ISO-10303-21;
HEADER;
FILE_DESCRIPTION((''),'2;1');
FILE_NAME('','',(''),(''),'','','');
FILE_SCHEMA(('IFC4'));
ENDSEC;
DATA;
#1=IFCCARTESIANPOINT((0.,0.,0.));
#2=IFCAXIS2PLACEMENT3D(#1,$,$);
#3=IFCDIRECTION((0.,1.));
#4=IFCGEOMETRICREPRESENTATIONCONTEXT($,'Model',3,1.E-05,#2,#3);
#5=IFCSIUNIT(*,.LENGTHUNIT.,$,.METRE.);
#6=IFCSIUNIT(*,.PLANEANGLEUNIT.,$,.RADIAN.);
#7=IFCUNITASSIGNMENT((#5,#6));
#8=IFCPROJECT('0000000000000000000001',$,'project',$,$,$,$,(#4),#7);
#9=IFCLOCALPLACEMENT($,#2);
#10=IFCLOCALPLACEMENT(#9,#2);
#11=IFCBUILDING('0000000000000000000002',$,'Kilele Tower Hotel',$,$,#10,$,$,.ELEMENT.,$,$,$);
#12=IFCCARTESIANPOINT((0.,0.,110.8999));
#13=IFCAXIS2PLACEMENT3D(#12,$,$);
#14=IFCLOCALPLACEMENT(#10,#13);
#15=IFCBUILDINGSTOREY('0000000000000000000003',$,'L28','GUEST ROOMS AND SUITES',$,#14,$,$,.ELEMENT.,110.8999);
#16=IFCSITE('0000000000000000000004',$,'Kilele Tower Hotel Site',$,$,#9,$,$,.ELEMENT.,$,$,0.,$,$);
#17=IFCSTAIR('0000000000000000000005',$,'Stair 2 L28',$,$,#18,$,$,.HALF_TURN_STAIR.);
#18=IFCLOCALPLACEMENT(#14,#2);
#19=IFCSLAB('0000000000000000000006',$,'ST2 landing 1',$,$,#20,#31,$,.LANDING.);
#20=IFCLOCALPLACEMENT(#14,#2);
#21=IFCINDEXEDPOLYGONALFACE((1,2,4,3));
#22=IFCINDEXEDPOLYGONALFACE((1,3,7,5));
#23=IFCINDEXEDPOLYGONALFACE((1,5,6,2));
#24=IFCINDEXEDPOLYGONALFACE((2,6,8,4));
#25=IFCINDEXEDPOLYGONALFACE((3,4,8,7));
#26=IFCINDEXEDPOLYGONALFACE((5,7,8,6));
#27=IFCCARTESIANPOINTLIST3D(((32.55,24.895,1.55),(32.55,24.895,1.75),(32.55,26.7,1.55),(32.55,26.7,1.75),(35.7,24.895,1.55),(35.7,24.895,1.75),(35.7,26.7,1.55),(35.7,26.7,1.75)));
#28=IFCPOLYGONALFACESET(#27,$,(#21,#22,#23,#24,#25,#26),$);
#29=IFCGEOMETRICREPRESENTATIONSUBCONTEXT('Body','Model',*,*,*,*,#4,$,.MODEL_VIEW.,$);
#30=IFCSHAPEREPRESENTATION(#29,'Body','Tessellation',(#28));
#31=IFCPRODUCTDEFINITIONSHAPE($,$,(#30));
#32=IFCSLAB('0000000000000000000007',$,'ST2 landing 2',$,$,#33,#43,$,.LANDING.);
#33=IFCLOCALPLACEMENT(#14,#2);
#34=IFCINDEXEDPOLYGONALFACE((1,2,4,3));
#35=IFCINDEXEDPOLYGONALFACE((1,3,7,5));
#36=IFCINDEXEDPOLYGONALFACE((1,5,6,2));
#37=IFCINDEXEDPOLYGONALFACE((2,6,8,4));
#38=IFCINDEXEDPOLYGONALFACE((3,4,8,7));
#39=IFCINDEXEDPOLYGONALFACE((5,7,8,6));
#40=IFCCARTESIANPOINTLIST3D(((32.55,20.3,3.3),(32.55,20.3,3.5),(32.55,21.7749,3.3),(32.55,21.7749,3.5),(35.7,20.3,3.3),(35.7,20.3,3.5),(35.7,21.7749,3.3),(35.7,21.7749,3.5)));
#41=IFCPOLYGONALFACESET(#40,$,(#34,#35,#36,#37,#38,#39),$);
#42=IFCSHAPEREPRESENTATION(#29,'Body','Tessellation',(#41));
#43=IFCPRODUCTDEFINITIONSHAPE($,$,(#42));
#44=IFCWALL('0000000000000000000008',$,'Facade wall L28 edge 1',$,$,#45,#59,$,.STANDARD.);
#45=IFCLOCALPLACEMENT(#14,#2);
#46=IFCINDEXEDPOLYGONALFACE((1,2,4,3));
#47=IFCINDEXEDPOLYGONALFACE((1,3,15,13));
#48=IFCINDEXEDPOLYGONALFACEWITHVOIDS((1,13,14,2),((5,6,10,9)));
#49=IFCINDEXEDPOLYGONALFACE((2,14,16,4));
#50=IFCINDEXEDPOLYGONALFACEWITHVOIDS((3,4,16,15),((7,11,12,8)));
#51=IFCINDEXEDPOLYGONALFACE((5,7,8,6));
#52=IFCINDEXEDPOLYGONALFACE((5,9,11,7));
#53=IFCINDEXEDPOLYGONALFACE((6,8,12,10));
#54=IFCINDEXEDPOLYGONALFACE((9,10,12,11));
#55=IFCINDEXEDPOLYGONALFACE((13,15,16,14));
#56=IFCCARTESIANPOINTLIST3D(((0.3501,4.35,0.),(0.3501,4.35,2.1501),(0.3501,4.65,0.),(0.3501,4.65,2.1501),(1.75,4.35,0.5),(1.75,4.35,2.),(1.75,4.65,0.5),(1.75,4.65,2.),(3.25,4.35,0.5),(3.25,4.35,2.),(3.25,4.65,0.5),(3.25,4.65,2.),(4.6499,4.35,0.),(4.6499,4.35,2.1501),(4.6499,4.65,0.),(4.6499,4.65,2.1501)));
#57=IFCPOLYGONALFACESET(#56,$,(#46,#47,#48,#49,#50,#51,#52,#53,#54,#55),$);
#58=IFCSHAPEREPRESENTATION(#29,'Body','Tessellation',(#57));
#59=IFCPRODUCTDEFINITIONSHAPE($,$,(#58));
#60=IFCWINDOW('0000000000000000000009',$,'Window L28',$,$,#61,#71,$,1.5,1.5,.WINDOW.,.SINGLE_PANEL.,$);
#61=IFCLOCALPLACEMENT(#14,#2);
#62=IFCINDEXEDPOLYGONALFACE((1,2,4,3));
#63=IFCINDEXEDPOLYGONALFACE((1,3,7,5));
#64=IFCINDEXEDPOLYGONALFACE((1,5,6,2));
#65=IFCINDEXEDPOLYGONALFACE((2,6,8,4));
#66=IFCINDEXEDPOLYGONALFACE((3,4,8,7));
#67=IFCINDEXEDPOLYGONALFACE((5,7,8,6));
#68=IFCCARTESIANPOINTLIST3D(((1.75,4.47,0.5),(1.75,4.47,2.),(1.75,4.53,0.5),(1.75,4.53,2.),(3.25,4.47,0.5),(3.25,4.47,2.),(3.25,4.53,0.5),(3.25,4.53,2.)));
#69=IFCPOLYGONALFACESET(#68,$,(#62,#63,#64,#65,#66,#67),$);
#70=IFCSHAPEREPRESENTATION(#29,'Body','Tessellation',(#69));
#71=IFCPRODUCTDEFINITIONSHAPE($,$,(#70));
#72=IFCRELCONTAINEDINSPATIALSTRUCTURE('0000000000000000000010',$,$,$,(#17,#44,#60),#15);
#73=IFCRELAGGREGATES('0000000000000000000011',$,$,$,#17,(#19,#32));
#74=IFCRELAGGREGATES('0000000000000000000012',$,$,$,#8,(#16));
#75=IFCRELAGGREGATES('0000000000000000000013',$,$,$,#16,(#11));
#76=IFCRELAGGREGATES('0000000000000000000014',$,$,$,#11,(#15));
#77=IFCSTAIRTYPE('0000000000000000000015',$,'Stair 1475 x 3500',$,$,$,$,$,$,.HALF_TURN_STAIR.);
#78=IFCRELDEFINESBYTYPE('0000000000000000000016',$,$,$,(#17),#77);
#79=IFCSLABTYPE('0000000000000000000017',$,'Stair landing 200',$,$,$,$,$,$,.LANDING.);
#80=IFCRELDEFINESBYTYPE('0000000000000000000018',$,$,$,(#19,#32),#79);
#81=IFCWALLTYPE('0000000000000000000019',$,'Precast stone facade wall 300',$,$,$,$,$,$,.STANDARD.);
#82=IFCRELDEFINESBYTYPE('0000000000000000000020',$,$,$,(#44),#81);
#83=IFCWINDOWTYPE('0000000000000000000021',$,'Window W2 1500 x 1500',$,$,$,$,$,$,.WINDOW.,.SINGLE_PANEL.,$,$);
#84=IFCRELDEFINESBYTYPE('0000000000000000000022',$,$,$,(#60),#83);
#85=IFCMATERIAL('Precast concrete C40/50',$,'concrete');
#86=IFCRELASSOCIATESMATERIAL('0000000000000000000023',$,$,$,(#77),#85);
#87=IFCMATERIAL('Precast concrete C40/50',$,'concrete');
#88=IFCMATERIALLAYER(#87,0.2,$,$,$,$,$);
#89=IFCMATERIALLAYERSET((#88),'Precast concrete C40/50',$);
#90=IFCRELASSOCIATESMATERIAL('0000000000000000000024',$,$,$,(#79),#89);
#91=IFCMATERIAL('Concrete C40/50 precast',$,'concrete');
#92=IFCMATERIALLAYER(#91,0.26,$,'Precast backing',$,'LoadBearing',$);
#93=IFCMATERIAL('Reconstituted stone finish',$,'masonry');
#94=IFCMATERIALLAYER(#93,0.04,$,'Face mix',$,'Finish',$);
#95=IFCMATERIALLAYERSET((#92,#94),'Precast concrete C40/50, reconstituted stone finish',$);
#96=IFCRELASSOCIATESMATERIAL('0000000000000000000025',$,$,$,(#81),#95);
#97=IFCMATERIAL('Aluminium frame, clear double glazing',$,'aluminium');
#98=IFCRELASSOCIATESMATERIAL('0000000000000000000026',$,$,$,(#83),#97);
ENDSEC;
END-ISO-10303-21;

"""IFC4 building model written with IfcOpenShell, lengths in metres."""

from ifc_helpers import new_model, si_unit, direction, frame, frame_2d, origin, place, context, subcontext, project, spatial, polyline, rectangle, outline, extrude, material, layer, layer_set, type_object, element, fill, aggregate, save


model = new_model("IFC4")

# Units and contexts
model_context = context("Model", 3, precision=1e-05, world=origin(), true_north=direction((0.0, 1.0)))
body_context = subcontext(model_context, "Body", "Model", "MODEL_VIEW")
ifc_project = project(units=[si_unit("LENGTHUNIT", "METRE"), si_unit("PLANEANGLEUNIT", "RADIAN")], contexts=[model_context])

# Site, building, storey
site_placement = place(None, origin())
site = spatial("IfcSite", under=ifc_project, at=site_placement, Name="Kilele Tower Hotel Site", CompositionType="ELEMENT", RefElevation=0.0)
building_placement = place(site_placement, origin())
building = spatial("IfcBuilding", under=site, at=building_placement, Name="Kilele Tower Hotel", CompositionType="ELEMENT")
storey_placement = place(building_placement, frame((0.0, 0.0, 110.8999)))
storey = spatial("IfcBuildingStorey", under=building, at=storey_placement, Name="L28", Description="GUEST ROOMS AND SUITES", CompositionType="ELEMENT", Elevation=110.8999)

# Stair, slabs
ifc_material_1 = material(Name="Precast concrete C40/50", Category="concrete")
stair_type = type_object("IfcStairType", Name="Stair 1475 x 3500", PredefinedType="HALF_TURN_STAIR", material=ifc_material_1)
ifc_material_2 = material(Name="Precast concrete C40/50", Category="concrete")
ifc_layer_1 = layer(ifc_material_2, 0.2)
ifc_layer_set_1 = layer_set([ifc_layer_1], Name="Precast concrete C40/50")
slab_type_1 = type_object("IfcSlabType", Name="Stair landing 200", PredefinedType="LANDING", material=ifc_layer_set_1)
stair_1_placement = place(storey_placement, origin())
stair_1 = element("IfcStair", 1, at=stair_1_placement, inside=storey, type_object=stair_type, Name="Stair 2 L28", PredefinedType="HALF_TURN_STAIR")
slab_1_placement = place(storey_placement, frame((0.0, 0.0, 1.55)))
slab_1 = element("IfcSlab", 2, at=slab_1_placement, type_object=slab_type_1, Name="ST2 landing 1", PredefinedType="LANDING", context=body_context, shape_type="SweptSolid", body=[
    extrude(outline(polyline([(32.55, 24.895), (35.7, 24.895), (35.7, 26.7), (32.55, 26.7), (32.55, 24.895)])), origin(), (0.0, 0.0, 1.0), 0.2),
])
slab_2_placement = place(storey_placement, frame((0.0, 0.0, 3.3)))
slab_2 = element("IfcSlab", 3, at=slab_2_placement, type_object=slab_type_1, Name="ST2 landing 2", PredefinedType="LANDING", context=body_context, shape_type="SweptSolid", body=[
    extrude(outline(polyline([(32.55, 20.3), (35.7, 20.3), (35.7, 21.7749), (32.55, 21.7749), (32.55, 20.3)])), origin(), (0.0, 0.0, 1.0), 0.2),
])
aggregate(stair_1, [slab_1, slab_2])

# Wall, opening, window
ifc_material_3 = material(Name="Concrete C40/50 precast", Category="concrete")
ifc_layer_2 = layer(ifc_material_3, 0.26, Name="Precast backing", Category="LoadBearing")
ifc_material_4 = material(Name="Reconstituted stone finish", Category="masonry")
ifc_layer_3 = layer(ifc_material_4, 0.04, Name="Face mix", Category="Finish")
ifc_layer_set_2 = layer_set([ifc_layer_2, ifc_layer_3], Name="Precast concrete C40/50, reconstituted stone finish")
wall_type = type_object("IfcWallType", Name="Precast stone facade wall 300", PredefinedType="STANDARD", material=ifc_layer_set_2)
wall_1_placement = place(storey_placement, frame((0.3501, 4.5, 0.0), z_axis=(0.0, 0.0, 1.0), x_axis=(1.0, 0.0, 0.0)))
wall_1 = element("IfcWall", 4, at=wall_1_placement, inside=storey, type_object=wall_type, Name="Facade wall L28 edge 1", PredefinedType="STANDARD", context=body_context, shape_type="SweptSolid", body=[
    extrude(rectangle(XDim=4.2998, YDim=0.3, at=frame_2d((2.1499, 0.0))), origin(), (0.0, 0.0, 1.0), 2.1501),
])
opening_1_placement = place(wall_1_placement, frame((1.3999, 0.0, 0.5)))
opening_1 = element("IfcOpeningElement", 5, at=opening_1_placement, cuts=wall_1, PredefinedType="OPENING", context=body_context, shape_type="SweptSolid", body=[
    extrude(rectangle(XDim=1.5, YDim=1.5, at=frame_2d((0.75, 0.75))), frame((0.0, 0.1599, 0.0), z_axis=(0.0, -1.0, 0.0), x_axis=(1.0, 0.0, 0.0)), (0.0, 0.0, 1.0), 0.3201),
])
ifc_material_5 = material(Name="Aluminium frame, clear double glazing", Category="aluminium")
window_type = type_object("IfcWindowType", Name="Window W2 1500 x 1500", PartitioningType="SINGLE_PANEL", PredefinedType="WINDOW", material=ifc_material_5)
window_1_placement = place(opening_1_placement, origin())
window_1 = element("IfcWindow", 6, at=window_1_placement, inside=storey, type_object=window_type, Name="Window L28", OverallHeight=1.5, OverallWidth=1.5, PartitioningType="SINGLE_PANEL", PredefinedType="WINDOW", context=body_context, shape_type="SweptSolid", body=[
    extrude(rectangle(XDim=1.5, YDim=1.5, at=frame_2d((0.75, 0.75))), frame((0.0, 0.03, 0.0), z_axis=(0.0, -1.0, 0.0), x_axis=(1.0, 0.0, 0.0)), (0.0, 0.0, 1.0), 0.0601),
])
fill(opening_1, window_1)

save(model, "model.ifc")
